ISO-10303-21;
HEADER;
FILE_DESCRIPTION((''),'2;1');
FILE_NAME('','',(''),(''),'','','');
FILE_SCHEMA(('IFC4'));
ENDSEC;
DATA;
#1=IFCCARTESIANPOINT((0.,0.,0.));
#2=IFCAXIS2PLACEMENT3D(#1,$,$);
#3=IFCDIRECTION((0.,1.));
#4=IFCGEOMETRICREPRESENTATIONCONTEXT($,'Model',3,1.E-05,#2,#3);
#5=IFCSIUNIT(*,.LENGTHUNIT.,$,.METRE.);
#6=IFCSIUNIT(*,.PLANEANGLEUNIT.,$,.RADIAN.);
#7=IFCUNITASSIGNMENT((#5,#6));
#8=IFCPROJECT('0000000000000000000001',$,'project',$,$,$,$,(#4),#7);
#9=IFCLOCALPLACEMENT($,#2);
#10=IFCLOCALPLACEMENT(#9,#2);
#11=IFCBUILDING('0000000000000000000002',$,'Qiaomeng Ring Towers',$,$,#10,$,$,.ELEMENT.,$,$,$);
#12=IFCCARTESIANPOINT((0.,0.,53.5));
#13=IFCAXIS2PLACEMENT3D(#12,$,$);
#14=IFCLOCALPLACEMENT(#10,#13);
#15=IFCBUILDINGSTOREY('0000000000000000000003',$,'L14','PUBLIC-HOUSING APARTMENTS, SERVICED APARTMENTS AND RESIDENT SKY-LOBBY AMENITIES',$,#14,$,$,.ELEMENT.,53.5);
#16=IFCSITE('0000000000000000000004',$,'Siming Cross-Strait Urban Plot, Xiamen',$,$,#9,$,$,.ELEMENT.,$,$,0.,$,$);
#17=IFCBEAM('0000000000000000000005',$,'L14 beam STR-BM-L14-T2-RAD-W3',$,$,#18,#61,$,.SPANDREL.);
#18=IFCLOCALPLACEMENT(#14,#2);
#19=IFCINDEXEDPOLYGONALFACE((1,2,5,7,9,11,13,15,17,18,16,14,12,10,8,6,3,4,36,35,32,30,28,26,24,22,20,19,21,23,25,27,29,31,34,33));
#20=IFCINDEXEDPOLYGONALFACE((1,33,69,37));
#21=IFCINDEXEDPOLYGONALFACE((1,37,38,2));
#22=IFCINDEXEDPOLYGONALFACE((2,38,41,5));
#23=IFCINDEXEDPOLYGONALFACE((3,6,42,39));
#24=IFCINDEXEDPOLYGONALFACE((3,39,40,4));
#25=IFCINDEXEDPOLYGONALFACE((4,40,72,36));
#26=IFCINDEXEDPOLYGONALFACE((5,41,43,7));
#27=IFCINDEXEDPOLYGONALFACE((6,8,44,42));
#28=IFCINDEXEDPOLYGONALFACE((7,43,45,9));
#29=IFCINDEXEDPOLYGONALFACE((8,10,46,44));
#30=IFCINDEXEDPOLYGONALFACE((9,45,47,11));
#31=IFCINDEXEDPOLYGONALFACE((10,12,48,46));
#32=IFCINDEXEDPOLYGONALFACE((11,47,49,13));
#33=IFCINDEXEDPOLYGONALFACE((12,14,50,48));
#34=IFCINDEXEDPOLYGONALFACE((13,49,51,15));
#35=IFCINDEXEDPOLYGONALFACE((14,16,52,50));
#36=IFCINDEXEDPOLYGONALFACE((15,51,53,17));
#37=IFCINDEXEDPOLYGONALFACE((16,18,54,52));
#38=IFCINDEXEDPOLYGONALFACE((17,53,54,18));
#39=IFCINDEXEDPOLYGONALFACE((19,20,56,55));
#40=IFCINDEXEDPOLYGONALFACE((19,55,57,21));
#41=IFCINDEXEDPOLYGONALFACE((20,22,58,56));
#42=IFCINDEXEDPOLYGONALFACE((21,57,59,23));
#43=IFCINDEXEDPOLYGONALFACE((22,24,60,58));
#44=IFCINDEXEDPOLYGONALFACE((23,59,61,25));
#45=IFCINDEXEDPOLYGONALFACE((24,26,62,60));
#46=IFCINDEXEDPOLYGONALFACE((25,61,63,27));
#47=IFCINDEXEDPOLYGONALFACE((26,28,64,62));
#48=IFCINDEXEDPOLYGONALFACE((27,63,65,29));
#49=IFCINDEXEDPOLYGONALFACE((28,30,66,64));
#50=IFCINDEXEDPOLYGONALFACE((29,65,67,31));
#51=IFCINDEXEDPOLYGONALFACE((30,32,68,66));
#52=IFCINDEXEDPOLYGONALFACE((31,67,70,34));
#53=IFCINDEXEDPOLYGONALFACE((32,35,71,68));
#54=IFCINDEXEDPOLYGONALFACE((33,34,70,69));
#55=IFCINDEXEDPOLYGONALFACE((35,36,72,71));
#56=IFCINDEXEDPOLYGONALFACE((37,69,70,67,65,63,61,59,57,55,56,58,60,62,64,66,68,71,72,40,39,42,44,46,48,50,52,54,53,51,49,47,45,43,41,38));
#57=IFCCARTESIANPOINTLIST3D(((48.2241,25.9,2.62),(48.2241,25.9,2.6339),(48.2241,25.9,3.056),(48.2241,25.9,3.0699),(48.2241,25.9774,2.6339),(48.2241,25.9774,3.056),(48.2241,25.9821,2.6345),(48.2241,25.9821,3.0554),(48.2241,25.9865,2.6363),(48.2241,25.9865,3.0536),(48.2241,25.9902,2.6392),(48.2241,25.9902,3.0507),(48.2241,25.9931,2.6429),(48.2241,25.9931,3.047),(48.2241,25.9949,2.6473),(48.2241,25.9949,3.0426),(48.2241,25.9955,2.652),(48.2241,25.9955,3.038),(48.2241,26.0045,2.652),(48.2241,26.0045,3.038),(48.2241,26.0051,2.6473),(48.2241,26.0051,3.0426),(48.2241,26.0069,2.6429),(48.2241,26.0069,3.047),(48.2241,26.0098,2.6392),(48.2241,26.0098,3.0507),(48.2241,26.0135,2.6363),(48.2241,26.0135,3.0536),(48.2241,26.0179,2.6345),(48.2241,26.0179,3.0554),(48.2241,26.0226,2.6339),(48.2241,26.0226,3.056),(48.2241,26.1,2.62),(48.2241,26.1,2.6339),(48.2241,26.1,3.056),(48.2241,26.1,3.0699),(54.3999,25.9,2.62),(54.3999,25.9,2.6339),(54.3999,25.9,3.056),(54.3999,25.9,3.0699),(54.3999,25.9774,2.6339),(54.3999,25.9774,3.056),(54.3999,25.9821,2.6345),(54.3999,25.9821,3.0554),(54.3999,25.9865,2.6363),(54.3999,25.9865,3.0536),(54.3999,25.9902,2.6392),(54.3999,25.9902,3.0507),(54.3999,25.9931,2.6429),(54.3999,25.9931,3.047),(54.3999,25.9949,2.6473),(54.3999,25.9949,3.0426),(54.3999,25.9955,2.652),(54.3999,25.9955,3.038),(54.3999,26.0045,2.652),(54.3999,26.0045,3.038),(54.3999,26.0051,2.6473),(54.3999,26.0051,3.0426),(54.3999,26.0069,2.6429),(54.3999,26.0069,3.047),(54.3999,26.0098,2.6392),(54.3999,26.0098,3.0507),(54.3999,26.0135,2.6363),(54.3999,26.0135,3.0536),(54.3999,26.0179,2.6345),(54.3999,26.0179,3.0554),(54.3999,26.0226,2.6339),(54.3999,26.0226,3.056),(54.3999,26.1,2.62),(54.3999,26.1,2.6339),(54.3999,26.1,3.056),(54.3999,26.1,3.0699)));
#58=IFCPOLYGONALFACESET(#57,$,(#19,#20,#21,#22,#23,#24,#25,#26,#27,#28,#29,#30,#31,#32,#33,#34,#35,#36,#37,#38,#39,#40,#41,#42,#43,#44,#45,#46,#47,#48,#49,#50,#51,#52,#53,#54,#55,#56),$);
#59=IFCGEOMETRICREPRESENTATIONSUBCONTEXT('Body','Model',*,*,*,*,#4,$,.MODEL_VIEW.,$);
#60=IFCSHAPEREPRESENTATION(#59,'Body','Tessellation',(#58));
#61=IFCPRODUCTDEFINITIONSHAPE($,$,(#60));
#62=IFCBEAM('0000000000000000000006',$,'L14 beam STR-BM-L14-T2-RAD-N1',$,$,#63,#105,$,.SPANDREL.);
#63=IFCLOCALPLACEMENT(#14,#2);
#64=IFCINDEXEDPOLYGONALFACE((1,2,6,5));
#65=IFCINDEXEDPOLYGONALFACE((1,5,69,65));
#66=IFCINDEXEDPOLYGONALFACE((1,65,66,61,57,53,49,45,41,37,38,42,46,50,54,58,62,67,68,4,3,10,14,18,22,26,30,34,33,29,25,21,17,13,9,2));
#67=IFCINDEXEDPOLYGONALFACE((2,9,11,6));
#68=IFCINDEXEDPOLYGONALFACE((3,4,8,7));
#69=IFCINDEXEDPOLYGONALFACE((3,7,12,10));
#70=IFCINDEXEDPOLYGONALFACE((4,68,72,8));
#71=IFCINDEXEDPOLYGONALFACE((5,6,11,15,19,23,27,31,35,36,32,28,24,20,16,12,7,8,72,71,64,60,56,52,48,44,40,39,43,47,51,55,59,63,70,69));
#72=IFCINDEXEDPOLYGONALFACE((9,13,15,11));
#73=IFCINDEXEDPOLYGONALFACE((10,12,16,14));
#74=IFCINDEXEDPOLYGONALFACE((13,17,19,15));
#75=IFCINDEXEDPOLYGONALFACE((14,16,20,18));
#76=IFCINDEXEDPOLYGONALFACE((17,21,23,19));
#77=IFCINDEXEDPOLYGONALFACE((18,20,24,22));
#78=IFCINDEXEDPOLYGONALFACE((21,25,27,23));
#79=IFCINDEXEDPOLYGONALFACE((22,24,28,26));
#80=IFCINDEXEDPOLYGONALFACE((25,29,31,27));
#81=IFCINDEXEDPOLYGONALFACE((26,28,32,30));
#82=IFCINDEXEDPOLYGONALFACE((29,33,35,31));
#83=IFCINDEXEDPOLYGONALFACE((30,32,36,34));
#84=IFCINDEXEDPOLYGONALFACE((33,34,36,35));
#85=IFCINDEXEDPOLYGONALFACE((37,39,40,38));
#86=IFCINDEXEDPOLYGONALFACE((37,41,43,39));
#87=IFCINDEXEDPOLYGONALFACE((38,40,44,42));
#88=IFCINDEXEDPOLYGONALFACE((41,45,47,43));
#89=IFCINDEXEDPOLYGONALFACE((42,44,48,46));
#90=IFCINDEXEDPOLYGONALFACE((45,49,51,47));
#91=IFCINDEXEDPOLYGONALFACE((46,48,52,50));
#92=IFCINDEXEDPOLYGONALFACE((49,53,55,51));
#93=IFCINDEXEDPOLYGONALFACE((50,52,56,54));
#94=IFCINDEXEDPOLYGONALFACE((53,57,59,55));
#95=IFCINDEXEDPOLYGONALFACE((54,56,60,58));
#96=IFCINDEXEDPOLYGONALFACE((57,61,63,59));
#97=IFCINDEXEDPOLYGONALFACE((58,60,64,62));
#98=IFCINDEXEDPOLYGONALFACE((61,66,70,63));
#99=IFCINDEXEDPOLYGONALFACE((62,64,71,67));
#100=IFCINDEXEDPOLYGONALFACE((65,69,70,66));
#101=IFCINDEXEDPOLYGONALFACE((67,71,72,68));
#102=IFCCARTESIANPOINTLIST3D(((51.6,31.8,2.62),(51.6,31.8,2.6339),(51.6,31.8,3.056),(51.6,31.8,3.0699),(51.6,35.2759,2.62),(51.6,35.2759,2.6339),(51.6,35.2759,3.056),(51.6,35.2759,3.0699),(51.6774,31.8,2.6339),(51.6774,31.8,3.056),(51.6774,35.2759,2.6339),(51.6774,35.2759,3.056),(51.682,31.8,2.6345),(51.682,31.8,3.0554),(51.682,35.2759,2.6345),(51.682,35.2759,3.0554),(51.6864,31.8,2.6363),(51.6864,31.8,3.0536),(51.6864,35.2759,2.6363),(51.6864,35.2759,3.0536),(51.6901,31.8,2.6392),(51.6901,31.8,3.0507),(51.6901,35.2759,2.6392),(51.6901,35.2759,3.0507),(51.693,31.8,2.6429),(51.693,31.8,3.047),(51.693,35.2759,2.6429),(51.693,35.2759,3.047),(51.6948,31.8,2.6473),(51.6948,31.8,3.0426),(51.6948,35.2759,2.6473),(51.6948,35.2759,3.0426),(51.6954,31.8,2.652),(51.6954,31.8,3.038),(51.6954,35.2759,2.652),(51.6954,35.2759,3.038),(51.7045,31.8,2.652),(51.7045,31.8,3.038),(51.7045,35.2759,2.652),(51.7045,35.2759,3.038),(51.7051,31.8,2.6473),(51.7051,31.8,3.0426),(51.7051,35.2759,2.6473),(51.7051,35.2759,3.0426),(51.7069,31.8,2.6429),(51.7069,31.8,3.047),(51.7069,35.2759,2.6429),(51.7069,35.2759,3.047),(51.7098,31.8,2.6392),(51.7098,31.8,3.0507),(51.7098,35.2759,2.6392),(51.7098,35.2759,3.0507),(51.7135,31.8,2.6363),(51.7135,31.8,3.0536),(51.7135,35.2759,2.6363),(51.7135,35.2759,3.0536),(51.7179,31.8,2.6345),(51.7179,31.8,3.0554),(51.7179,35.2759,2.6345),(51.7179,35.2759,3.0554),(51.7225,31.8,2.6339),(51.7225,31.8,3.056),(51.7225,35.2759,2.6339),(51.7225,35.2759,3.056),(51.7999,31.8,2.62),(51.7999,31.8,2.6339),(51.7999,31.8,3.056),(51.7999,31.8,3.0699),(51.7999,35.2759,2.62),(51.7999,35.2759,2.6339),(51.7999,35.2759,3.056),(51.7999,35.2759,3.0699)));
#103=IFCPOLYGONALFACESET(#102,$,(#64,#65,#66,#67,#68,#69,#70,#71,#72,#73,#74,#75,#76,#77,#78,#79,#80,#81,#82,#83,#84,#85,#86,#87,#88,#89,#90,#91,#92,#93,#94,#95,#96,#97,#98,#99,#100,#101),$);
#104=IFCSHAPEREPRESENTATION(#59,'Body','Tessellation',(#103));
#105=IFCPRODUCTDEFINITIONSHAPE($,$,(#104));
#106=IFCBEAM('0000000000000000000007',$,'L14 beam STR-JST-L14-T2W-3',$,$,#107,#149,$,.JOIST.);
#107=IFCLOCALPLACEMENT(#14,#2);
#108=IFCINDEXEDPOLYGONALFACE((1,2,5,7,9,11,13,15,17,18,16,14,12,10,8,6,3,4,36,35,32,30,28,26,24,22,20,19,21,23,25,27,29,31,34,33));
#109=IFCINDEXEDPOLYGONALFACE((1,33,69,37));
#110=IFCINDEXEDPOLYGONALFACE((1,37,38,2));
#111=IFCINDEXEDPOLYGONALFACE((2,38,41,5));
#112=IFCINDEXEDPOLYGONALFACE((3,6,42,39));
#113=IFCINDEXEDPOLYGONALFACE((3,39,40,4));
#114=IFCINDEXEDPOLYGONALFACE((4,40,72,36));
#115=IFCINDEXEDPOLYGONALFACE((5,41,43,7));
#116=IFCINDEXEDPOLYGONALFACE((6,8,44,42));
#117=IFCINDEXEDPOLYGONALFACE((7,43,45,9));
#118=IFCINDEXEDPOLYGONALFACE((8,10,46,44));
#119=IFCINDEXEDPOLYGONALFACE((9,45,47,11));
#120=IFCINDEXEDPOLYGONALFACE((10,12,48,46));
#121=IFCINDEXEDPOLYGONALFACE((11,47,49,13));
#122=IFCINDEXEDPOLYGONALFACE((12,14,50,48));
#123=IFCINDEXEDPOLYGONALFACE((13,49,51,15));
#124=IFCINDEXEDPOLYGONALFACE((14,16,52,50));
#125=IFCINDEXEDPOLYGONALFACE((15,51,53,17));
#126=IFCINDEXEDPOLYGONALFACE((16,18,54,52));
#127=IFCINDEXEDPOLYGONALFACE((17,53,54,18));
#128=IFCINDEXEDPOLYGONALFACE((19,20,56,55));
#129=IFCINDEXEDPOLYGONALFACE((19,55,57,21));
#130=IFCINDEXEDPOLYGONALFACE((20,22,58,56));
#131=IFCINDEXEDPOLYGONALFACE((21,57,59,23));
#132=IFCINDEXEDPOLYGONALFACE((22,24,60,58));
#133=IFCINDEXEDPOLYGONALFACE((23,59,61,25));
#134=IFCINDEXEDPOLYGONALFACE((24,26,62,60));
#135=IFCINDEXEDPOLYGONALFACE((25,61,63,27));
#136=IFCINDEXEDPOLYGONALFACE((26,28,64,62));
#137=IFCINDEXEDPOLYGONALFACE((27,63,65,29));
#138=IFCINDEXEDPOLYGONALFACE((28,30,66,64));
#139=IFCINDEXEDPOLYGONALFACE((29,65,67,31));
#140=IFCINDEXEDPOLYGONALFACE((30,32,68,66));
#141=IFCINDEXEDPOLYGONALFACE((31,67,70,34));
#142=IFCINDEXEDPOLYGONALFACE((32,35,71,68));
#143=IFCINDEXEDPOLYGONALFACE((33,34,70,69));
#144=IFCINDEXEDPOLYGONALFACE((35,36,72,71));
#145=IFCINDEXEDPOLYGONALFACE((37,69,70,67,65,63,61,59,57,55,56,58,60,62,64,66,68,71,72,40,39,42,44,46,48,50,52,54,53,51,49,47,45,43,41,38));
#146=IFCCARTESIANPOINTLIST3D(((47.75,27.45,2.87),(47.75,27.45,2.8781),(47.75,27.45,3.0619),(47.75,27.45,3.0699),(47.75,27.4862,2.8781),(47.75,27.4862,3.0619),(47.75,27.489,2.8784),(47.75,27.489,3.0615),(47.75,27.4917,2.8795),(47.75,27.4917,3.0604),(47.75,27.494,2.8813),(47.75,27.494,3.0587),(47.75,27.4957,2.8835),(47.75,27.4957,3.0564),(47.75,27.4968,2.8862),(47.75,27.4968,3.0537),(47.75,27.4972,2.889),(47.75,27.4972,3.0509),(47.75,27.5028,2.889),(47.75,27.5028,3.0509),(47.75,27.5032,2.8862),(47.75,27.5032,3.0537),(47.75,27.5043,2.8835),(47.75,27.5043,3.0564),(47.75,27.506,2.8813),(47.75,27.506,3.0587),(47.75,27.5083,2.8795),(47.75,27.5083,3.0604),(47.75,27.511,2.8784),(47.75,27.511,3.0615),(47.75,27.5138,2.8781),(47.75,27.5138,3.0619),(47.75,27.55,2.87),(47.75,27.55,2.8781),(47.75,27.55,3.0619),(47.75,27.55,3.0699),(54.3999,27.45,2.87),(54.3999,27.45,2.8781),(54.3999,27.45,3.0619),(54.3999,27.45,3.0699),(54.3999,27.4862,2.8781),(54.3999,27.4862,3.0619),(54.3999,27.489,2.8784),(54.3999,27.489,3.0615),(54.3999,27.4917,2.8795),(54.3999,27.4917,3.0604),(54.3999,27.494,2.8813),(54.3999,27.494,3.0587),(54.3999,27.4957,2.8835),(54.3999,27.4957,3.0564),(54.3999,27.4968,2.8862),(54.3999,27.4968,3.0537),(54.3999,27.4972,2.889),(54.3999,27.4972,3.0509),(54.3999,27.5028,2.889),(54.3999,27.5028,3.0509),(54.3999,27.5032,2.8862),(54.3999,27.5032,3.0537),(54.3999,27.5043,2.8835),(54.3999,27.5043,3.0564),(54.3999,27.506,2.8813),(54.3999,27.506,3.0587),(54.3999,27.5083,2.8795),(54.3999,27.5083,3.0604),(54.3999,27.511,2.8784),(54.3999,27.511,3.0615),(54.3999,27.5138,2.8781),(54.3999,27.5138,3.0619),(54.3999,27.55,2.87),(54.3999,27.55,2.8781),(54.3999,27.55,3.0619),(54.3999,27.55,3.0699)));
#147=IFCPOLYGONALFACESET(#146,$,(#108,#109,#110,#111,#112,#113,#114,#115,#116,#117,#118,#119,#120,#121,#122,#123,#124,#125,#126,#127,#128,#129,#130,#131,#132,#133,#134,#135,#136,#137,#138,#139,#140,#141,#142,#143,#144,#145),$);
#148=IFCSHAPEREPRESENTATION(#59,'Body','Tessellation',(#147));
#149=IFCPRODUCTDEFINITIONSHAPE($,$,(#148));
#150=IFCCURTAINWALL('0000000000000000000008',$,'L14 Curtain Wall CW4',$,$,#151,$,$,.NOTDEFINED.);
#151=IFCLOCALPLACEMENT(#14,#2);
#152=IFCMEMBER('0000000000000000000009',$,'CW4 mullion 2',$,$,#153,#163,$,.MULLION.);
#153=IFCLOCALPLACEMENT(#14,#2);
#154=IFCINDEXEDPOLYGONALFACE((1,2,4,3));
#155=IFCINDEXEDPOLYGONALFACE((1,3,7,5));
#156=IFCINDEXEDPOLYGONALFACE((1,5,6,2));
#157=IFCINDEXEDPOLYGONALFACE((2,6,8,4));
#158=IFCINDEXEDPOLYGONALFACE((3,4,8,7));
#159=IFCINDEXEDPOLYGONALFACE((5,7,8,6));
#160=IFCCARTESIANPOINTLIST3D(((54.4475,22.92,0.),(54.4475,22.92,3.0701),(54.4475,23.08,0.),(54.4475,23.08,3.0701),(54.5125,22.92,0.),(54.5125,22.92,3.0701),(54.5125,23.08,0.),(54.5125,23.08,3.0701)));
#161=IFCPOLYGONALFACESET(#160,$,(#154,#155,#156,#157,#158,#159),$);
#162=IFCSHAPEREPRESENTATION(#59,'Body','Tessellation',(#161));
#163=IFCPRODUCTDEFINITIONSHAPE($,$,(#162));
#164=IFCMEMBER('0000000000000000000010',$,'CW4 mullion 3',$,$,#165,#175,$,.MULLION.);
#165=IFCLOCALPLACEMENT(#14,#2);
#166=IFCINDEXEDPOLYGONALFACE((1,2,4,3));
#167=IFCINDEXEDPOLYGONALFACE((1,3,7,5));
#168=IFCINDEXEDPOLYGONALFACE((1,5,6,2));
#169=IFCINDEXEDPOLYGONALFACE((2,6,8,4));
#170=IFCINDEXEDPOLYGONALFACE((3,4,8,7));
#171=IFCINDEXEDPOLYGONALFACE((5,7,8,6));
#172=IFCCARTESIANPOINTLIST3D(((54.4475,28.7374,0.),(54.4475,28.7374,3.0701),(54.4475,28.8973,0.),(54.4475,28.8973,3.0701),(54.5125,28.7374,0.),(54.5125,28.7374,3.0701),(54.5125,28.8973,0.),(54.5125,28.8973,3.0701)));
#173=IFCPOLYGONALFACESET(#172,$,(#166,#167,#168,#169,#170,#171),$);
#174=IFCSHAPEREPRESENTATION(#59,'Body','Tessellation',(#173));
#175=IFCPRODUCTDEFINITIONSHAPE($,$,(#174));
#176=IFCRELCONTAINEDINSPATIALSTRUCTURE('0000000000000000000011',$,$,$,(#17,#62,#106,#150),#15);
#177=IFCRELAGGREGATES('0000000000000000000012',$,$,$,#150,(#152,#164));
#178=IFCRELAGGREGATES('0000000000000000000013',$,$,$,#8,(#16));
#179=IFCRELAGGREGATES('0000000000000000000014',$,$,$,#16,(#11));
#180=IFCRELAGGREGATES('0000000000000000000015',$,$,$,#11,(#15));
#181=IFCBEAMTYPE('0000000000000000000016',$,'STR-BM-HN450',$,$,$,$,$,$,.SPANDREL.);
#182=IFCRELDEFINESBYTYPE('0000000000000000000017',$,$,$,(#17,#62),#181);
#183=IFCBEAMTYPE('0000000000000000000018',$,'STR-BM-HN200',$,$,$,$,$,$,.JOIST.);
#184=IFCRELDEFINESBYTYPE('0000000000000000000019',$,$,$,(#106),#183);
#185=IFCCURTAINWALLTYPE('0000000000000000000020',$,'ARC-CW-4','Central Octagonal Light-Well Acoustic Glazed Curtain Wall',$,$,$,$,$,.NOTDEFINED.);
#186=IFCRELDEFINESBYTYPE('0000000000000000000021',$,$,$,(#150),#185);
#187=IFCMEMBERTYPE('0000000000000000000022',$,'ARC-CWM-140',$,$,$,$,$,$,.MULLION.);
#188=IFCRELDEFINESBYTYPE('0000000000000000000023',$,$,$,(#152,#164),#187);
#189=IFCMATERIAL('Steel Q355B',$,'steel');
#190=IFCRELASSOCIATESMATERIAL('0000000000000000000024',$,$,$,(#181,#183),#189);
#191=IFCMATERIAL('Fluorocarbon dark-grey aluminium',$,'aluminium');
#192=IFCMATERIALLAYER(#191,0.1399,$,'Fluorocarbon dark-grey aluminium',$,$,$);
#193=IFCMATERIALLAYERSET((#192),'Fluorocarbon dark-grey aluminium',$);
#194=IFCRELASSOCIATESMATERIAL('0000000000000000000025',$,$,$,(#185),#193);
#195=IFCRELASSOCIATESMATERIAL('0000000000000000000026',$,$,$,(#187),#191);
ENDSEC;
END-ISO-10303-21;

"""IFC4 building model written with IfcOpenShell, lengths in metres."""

from ifc_helpers import new_model, si_unit, direction, frame, origin, origin_2d, place, context, subcontext, project, spatial, rectangle, i_section, extrude, source, transform, mapped, material, layer, layer_set, material_profile, profile_set, type_object, element, aggregate, save


model = new_model("IFC4")

# Units and contexts
model_context = context("Model", 3, precision=1e-05, world=origin(), true_north=direction((0.0, 1.0)))
body_context = subcontext(model_context, "Body", "Model", "MODEL_VIEW")
ifc_project = project(units=[si_unit("LENGTHUNIT", "METRE"), si_unit("PLANEANGLEUNIT", "RADIAN")], contexts=[model_context])

# Site, building, storey
site_placement = place(None, origin())
site = spatial("IfcSite", under=ifc_project, at=site_placement, Name="Siming Cross-Strait Urban Plot, Xiamen", CompositionType="ELEMENT", RefElevation=0.0)
building_placement = place(site_placement, origin())
building = spatial("IfcBuilding", under=site, at=building_placement, Name="Qiaomeng Ring Towers", CompositionType="ELEMENT")
storey_placement = place(building_placement, frame((0.0, 0.0, 53.5)))
storey = spatial("IfcBuildingStorey", under=building, at=storey_placement, Name="L14", Description="PUBLIC-HOUSING APARTMENTS, SERVICED APARTMENTS AND RESIDENT SKY-LOBBY AMENITIES", CompositionType="ELEMENT", Elevation=53.5)

# Beams
ifc_material_1 = material(Name="Steel Q355B", Category="steel")
ifc_material_profile_1 = material_profile(ifc_material_1, i_section(OverallWidth=0.2, OverallDepth=0.45, WebThickness=0.009, FlangeThickness=0.0139, FilletRadius=0.0181, at=origin_2d()), Name="HN 450x200x9x14")
ifc_profile_set_1 = profile_set([ifc_material_profile_1], Name="Steel Q355B")
beam_type_1 = type_object("IfcBeamType", Name="STR-BM-HN450", PredefinedType="SPANDREL", material=ifc_profile_set_1)
shared_shape_1 = source(origin(), body_context, "Body", "SweptSolid", [
    extrude(i_section(OverallWidth=0.2, OverallDepth=0.45, WebThickness=0.009, FlangeThickness=0.0139, FilletRadius=0.0181, at=origin_2d()), origin(), (0.0, 0.0, 1.0), 6.1758),
])
beam_1_placement = place(storey_placement, frame((48.2241, 26.0, 2.845), z_axis=(1.0, 0.0, 0.0), x_axis=(0.0, 1.0, 0.0)))
element("IfcBeam", 1, at=beam_1_placement, inside=storey, type_object=beam_type_1, Name="L14 beam STR-BM-L14-T2-RAD-W3", PredefinedType="SPANDREL", context=body_context, shape_type="MappedRepresentation", body=[
    mapped(shared_shape_1, transform((0.0, 0.0, 0.0), x_axis=(1.0, 0.0, 0.0), y_axis=(0.0, 1.0, 0.0), z_axis=(0.0, 0.0, 1.0), scale=1.0)),
])
shared_shape_2 = source(origin(), body_context, "Body", "SweptSolid", [
    extrude(i_section(OverallWidth=0.2, OverallDepth=0.45, WebThickness=0.009, FlangeThickness=0.0139, FilletRadius=0.0181, at=origin_2d()), origin(), (0.0, 0.0, 1.0), 3.4758),
])
beam_2_placement = place(storey_placement, frame((51.7, 35.2759, 2.845), z_axis=(0.0, -1.0, 0.0), x_axis=(1.0, 0.0, 0.0)))
element("IfcBeam", 2, at=beam_2_placement, inside=storey, type_object=beam_type_1, Name="L14 beam STR-BM-L14-T2-RAD-N1", PredefinedType="SPANDREL", context=body_context, shape_type="MappedRepresentation", body=[
    mapped(shared_shape_2, transform((0.0, 0.0, 0.0), x_axis=(1.0, 0.0, 0.0), y_axis=(0.0, 1.0, 0.0), z_axis=(0.0, 0.0, 1.0), scale=1.0)),
])
ifc_material_profile_2 = material_profile(ifc_material_1, i_section(OverallWidth=0.1001, OverallDepth=0.2, WebThickness=0.0056, FlangeThickness=0.0081, FilletRadius=0.011, at=origin_2d()), Name="HN 200x100x5.5x8")
ifc_profile_set_2 = profile_set([ifc_material_profile_2], Name="Steel Q355B")
beam_type_2 = type_object("IfcBeamType", Name="STR-BM-HN200", PredefinedType="JOIST", material=ifc_profile_set_2)
shared_shape_3 = source(origin(), body_context, "Body", "SweptSolid", [
    extrude(i_section(OverallWidth=0.1001, OverallDepth=0.2, WebThickness=0.0056, FlangeThickness=0.0081, FilletRadius=0.011, at=origin_2d()), origin(), (0.0, 0.0, 1.0), 6.6499),
])
beam_3_placement = place(storey_placement, frame((47.75, 27.5, 2.97), z_axis=(1.0, 0.0, 0.0), x_axis=(0.0, 1.0, 0.0)))
element("IfcBeam", 3, at=beam_3_placement, inside=storey, type_object=beam_type_2, Name="L14 beam STR-JST-L14-T2W-3", PredefinedType="JOIST", context=body_context, shape_type="MappedRepresentation", body=[
    mapped(shared_shape_3, transform((0.0, 0.0, 0.0), x_axis=(1.0, 0.0, 0.0), y_axis=(0.0, 1.0, 0.0), z_axis=(0.0, 0.0, 1.0), scale=1.0)),
])

# Curtain wall, members
ifc_material_2 = material(Name="Fluorocarbon dark-grey aluminium", Category="aluminium")
ifc_layer_1 = layer(ifc_material_2, 0.1399, Name="Fluorocarbon dark-grey aluminium")
ifc_layer_set_1 = layer_set([ifc_layer_1], Name="Fluorocarbon dark-grey aluminium")
curtain_wall_type_1 = type_object("IfcCurtainWallType", Name="ARC-CW-4", Description="Central Octagonal Light-Well Acoustic Glazed Curtain Wall", PredefinedType="NOTDEFINED", material=ifc_layer_set_1)
curtain_wall_1_placement = place(storey_placement, origin())
curtain_wall_1 = element("IfcCurtainWall", 4, at=curtain_wall_1_placement, inside=storey, type_object=curtain_wall_type_1, Name="L14 Curtain Wall CW4", PredefinedType="NOTDEFINED")
ifc_material_profile_3 = material_profile(ifc_material_2, rectangle(XDim=0.0649, YDim=0.1599, at=origin_2d()), Name="ALU MULL 65x160")
ifc_profile_set_3 = profile_set([ifc_material_profile_3], Name="Fluorocarbon dark-grey aluminium")
member_type_1 = type_object("IfcMemberType", Name="ARC-CWM-140", PredefinedType="MULLION", material=ifc_profile_set_3)
shared_shape_4 = source(origin(), body_context, "Body", "SweptSolid", [
    extrude(rectangle(XDim=0.0649, YDim=0.1599, at=origin_2d()), origin(), (0.0, 0.0, 1.0), 3.0701),
])
member_1_placement = place(storey_placement, frame((54.48, 23.0, 0.0), z_axis=(0.0, 0.0, 1.0), x_axis=(-1.0, 0.0, 0.0)))
member_1 = element("IfcMember", 5, at=member_1_placement, type_object=member_type_1, Name="CW4 mullion 2", PredefinedType="MULLION", context=body_context, shape_type="MappedRepresentation", body=[
    mapped(shared_shape_4, transform((0.0, 0.0, 0.0), x_axis=(1.0, 0.0, 0.0), y_axis=(0.0, 1.0, 0.0), z_axis=(0.0, 0.0, 1.0), scale=1.0)),
])
member_2_placement = place(storey_placement, frame((54.48, 28.8174, 0.0), z_axis=(0.0, 0.0, 1.0), x_axis=(-1.0, 0.0, 0.0)))
member_2 = element("IfcMember", 6, at=member_2_placement, type_object=member_type_1, Name="CW4 mullion 3", PredefinedType="MULLION", context=body_context, shape_type="MappedRepresentation", body=[
    mapped(shared_shape_4, transform((0.0, 0.0, 0.0), x_axis=(1.0, 0.0, 0.0), y_axis=(0.0, 1.0, 0.0), z_axis=(0.0, 0.0, 1.0), scale=1.0)),
])

aggregate(curtain_wall_1, [member_1, member_2])

save(model, "model.ifc")
